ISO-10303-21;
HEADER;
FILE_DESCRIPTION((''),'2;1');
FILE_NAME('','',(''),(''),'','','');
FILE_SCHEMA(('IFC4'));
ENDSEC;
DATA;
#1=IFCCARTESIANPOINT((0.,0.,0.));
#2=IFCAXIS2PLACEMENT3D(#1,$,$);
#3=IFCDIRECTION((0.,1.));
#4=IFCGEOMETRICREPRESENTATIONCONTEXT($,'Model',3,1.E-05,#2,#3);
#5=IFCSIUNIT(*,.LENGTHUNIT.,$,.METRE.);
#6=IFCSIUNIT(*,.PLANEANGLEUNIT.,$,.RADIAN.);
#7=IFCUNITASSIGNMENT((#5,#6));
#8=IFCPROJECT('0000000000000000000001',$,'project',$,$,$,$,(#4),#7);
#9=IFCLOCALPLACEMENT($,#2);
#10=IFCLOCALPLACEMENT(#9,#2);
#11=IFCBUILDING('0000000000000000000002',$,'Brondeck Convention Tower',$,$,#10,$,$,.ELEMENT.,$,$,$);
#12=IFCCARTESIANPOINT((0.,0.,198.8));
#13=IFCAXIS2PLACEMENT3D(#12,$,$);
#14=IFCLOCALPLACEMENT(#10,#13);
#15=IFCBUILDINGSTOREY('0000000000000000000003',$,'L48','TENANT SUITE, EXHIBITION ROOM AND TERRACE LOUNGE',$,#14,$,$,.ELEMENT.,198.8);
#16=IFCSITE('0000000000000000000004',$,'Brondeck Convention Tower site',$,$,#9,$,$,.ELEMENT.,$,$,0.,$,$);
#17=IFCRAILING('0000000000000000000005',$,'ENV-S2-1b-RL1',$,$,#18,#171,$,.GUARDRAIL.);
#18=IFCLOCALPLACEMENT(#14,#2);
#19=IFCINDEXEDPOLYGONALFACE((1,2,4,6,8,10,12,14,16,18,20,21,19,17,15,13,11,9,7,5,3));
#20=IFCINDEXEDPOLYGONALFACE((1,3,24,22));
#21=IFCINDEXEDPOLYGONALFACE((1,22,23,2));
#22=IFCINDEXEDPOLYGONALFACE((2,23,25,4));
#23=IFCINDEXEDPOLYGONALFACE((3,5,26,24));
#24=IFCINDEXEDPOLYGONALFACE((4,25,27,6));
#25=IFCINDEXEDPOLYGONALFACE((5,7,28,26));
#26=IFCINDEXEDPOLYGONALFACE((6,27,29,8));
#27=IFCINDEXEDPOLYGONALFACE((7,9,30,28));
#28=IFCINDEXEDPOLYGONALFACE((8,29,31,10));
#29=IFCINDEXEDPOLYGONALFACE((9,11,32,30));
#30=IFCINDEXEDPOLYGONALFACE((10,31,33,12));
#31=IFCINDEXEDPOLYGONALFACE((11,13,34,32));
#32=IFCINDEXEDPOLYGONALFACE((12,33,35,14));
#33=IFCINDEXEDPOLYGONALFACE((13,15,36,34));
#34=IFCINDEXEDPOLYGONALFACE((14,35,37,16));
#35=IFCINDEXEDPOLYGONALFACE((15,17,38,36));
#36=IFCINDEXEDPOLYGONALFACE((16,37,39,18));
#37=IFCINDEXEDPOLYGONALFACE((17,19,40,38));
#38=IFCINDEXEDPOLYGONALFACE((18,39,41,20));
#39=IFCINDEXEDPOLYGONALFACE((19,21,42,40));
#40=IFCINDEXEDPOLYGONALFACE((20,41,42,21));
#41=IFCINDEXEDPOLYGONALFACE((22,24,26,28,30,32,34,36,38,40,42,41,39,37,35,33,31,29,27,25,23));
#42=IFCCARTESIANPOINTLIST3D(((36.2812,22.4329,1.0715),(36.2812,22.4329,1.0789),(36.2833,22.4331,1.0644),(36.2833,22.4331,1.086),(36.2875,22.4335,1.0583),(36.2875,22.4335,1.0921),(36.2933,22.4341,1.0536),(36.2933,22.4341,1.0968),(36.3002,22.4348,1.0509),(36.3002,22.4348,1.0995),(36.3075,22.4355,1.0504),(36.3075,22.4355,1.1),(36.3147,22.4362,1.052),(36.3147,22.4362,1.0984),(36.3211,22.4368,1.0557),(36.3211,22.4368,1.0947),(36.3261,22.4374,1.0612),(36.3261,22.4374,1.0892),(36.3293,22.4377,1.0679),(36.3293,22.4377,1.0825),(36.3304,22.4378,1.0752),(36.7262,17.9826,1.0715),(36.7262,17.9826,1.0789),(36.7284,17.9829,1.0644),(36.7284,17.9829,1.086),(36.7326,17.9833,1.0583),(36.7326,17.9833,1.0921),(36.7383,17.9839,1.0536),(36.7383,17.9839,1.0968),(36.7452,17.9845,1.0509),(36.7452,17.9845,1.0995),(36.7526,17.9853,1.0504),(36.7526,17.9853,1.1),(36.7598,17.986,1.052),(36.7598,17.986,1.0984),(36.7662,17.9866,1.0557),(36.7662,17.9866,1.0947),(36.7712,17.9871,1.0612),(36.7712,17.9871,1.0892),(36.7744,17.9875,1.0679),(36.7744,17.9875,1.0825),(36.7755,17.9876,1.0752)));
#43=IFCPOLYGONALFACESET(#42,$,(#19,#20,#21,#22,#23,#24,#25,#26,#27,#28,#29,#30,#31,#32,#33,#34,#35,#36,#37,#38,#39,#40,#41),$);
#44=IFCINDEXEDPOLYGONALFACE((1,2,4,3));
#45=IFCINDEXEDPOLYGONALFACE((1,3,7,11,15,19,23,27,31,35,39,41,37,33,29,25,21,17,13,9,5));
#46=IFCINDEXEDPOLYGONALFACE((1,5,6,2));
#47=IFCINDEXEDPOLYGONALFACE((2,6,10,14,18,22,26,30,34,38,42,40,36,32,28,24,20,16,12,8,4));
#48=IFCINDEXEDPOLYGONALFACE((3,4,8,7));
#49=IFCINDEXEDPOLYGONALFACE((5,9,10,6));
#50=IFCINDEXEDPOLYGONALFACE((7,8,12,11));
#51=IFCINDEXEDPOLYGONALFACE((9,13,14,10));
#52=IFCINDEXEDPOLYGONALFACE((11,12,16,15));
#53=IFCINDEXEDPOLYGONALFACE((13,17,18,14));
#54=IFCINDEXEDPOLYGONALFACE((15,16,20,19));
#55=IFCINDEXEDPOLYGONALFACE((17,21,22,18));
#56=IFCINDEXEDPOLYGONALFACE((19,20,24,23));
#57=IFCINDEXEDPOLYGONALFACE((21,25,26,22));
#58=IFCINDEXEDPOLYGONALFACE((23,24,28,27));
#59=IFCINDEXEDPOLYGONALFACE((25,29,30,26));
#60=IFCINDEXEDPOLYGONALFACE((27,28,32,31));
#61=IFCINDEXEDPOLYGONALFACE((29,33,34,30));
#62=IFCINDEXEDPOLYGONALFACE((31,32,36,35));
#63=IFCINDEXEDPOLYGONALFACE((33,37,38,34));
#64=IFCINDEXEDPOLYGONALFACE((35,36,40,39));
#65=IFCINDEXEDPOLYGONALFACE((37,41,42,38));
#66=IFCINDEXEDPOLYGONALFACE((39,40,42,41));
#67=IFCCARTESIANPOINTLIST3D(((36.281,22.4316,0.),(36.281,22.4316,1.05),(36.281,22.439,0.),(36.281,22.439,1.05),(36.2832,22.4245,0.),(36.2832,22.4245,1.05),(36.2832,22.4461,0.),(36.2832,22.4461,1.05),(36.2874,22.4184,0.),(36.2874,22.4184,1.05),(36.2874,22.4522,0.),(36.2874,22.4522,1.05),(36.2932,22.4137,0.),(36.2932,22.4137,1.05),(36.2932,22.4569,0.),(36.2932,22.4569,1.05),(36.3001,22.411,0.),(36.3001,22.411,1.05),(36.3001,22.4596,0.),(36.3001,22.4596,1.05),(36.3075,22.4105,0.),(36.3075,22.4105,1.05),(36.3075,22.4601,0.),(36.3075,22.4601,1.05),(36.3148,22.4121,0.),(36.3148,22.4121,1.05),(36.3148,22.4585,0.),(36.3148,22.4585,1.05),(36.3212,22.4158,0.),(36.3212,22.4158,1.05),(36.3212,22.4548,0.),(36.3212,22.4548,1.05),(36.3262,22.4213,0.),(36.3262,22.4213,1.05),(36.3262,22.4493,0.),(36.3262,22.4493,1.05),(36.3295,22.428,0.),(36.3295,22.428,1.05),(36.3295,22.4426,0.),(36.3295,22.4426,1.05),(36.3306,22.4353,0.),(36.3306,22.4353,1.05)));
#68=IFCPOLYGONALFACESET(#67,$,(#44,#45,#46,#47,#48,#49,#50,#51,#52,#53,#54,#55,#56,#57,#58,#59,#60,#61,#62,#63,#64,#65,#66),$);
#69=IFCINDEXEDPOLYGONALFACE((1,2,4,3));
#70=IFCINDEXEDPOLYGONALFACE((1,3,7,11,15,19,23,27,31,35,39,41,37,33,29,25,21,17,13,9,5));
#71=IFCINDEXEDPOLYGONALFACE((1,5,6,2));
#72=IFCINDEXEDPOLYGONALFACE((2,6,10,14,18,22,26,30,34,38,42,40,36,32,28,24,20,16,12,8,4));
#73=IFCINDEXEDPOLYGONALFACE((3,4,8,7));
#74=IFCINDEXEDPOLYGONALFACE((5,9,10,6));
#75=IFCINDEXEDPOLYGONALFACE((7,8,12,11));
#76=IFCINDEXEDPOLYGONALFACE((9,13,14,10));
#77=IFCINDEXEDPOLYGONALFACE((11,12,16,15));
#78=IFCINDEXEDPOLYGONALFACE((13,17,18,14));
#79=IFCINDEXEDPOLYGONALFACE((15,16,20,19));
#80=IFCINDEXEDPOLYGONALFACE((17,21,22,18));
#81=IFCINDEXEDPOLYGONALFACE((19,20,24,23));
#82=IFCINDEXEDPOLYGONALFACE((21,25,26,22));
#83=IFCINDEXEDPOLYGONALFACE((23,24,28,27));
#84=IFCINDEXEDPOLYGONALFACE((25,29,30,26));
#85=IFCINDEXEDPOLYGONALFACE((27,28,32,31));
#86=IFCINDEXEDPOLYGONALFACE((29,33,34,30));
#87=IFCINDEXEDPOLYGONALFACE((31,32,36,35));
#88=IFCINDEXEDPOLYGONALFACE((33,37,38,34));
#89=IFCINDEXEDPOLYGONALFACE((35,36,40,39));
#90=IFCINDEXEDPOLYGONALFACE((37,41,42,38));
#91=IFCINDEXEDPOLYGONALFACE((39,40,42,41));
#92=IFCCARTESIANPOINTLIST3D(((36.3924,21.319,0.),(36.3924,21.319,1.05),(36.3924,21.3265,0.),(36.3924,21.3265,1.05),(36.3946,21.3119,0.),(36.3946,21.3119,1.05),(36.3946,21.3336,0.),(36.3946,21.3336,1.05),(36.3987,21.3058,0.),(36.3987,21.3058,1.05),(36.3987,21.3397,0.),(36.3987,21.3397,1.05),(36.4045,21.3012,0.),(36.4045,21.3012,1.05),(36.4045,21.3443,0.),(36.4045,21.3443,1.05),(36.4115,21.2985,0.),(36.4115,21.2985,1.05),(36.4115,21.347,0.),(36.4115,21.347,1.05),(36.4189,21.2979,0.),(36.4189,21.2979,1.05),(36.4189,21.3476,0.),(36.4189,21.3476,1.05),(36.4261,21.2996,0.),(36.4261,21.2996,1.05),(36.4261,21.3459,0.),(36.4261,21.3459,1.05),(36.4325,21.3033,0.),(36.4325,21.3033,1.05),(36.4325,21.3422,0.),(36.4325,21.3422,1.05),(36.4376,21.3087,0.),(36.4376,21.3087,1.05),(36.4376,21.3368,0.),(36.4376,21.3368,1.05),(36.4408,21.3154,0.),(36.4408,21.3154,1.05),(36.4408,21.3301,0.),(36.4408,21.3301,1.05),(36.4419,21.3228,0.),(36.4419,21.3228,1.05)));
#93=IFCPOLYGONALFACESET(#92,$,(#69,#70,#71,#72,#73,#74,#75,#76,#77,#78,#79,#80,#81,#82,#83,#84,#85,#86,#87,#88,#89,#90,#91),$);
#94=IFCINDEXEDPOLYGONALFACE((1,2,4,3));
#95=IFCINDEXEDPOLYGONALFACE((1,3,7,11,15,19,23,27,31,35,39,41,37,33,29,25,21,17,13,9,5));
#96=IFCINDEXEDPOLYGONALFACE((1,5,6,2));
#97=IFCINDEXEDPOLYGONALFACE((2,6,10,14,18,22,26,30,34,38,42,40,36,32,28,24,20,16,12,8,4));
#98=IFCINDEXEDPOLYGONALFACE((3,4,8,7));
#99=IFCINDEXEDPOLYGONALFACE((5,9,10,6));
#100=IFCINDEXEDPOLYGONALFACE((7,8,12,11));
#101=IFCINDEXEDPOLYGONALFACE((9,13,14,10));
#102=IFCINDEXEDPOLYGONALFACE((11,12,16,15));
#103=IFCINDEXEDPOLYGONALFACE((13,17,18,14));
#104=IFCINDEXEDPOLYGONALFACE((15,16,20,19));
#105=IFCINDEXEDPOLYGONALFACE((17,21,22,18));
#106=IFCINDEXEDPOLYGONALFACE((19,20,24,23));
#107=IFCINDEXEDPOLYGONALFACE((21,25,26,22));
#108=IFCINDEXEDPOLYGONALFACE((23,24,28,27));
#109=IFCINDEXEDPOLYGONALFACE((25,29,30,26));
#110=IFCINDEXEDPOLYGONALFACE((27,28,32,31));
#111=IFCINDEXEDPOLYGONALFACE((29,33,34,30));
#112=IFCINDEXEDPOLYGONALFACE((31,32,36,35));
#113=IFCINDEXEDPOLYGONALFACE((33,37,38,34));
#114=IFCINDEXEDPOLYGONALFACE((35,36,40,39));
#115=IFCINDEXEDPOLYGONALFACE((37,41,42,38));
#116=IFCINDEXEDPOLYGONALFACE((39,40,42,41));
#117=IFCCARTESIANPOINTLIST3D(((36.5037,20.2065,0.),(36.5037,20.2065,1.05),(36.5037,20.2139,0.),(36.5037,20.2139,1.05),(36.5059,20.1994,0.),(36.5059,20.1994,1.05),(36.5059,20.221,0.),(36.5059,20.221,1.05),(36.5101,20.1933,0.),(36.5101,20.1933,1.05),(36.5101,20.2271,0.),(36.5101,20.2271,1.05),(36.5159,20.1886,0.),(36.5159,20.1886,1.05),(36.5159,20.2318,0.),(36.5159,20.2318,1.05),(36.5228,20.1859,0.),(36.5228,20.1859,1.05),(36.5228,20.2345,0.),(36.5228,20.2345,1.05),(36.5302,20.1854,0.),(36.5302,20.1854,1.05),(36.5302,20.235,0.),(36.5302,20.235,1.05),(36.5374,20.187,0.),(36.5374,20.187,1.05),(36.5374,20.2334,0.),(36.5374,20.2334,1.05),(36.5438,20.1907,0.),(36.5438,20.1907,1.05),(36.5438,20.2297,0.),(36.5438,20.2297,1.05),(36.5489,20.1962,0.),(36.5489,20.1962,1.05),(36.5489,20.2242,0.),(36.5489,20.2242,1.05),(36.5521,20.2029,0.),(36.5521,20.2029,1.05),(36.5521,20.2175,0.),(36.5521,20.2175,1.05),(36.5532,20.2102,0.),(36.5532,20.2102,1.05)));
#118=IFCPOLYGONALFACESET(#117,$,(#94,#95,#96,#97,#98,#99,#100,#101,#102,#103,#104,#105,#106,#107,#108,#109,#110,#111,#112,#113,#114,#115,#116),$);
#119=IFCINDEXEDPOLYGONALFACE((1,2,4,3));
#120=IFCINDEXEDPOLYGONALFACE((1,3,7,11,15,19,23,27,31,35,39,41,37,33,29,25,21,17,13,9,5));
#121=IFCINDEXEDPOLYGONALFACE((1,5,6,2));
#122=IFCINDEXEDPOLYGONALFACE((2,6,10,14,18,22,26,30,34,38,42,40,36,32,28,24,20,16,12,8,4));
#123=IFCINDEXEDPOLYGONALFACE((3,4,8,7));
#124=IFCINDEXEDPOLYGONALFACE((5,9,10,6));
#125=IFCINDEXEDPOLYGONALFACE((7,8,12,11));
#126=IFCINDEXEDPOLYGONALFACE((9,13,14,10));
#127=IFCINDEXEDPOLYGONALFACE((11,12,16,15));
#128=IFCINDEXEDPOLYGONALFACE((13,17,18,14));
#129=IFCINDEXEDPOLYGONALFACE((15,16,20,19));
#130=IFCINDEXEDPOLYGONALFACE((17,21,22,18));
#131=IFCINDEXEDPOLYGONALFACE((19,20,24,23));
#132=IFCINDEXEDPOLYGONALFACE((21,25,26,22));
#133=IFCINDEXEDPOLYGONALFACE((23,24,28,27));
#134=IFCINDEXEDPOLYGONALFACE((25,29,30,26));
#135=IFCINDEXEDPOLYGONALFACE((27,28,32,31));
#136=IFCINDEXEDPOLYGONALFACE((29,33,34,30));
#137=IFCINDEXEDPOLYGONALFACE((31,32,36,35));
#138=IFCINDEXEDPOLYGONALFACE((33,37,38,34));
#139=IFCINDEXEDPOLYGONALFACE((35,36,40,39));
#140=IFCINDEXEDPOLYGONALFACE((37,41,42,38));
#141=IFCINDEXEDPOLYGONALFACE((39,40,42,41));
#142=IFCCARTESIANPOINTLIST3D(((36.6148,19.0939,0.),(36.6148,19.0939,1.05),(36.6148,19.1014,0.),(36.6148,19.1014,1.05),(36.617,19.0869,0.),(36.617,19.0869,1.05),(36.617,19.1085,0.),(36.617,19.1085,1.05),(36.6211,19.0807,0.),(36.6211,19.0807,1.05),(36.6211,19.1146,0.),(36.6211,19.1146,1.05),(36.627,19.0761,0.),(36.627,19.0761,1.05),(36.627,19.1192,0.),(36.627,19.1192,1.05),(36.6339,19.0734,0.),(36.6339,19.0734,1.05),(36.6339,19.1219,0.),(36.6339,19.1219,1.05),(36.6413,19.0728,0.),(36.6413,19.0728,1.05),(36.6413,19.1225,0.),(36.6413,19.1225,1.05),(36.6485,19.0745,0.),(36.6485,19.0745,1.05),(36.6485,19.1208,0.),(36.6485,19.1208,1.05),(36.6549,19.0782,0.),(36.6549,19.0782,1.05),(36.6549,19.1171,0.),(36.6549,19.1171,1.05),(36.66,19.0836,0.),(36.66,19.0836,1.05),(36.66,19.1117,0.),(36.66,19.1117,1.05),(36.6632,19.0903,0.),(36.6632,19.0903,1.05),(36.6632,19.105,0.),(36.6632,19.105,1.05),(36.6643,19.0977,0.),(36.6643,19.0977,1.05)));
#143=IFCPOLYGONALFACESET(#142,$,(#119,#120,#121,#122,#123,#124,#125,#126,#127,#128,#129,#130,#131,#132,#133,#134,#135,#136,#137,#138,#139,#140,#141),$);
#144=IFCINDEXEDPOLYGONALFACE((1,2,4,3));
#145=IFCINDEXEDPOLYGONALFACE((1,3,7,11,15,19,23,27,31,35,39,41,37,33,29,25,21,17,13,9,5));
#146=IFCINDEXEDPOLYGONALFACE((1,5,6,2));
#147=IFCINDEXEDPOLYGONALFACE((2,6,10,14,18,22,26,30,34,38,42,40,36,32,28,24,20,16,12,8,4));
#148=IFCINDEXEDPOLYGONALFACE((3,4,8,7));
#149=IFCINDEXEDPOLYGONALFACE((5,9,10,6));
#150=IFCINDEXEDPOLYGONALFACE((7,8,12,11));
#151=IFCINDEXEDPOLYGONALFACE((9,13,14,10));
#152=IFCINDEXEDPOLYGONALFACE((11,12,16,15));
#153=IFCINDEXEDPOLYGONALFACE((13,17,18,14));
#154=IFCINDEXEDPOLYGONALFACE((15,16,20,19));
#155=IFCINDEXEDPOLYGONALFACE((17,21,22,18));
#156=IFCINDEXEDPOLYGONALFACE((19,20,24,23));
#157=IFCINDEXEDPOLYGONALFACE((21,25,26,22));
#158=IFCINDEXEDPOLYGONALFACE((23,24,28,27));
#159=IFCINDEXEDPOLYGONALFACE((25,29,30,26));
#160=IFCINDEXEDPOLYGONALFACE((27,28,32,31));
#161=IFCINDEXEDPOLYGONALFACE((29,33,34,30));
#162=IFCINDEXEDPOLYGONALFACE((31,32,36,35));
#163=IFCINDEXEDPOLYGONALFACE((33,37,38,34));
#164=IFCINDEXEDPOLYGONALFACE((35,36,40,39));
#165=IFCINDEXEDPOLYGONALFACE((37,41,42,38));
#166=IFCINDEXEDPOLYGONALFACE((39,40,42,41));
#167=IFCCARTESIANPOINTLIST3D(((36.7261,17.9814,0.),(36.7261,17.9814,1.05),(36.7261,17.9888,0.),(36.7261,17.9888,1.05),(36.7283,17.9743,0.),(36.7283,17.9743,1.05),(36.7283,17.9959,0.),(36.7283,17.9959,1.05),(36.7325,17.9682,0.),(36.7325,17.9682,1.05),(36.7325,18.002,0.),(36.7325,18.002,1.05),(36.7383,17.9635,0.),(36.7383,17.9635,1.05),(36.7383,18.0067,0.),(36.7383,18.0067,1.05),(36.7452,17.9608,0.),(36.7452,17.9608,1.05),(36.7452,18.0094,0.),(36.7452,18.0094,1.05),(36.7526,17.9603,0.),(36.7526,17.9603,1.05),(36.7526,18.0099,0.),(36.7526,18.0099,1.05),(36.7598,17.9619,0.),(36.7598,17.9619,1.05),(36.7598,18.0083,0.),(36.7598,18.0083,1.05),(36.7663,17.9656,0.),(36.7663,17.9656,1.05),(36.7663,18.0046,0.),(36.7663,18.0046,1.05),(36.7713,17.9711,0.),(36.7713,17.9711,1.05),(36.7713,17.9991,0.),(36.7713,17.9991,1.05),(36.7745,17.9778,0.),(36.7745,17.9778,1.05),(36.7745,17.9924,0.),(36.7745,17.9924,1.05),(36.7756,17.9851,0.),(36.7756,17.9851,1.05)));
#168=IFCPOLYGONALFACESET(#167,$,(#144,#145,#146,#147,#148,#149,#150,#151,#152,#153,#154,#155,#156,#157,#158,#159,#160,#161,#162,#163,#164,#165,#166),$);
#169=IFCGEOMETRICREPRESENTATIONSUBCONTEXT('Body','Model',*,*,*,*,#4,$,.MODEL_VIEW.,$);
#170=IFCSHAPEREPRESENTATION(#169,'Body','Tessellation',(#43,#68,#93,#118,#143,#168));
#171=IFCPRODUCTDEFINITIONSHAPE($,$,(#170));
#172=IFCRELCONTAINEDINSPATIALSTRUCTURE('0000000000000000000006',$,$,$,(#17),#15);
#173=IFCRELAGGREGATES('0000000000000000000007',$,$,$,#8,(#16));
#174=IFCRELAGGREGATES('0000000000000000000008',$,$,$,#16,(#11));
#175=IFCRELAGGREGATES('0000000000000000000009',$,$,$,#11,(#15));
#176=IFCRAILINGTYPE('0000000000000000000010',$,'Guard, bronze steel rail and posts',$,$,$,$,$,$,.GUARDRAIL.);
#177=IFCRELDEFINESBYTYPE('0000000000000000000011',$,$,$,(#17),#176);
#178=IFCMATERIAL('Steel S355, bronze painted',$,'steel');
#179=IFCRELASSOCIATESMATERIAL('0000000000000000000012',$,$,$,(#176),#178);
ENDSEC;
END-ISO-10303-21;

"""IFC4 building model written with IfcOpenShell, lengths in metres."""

from ifc_helpers import new_model, si_unit, direction, frame, origin, origin_2d, place, context, subcontext, project, spatial, circle, extrude, material, type_object, element, save


model = new_model("IFC4")

# Units and contexts
model_context = context("Model", 3, precision=1e-05, world=origin(), true_north=direction((0.0, 1.0)))
body_context = subcontext(model_context, "Body", "Model", "MODEL_VIEW")
ifc_project = project(units=[si_unit("LENGTHUNIT", "METRE"), si_unit("PLANEANGLEUNIT", "RADIAN")], contexts=[model_context])

# Site, building, storey
site_placement = place(None, origin())
site = spatial("IfcSite", under=ifc_project, at=site_placement, Name="Brondeck Convention Tower site", CompositionType="ELEMENT", RefElevation=0.0)
building_placement = place(site_placement, origin())
building = spatial("IfcBuilding", under=site, at=building_placement, Name="Brondeck Convention Tower", CompositionType="ELEMENT")
storey_placement = place(building_placement, frame((0.0, 0.0, 198.8)))
storey = spatial("IfcBuildingStorey", under=building, at=storey_placement, Name="L48", Description="TENANT SUITE, EXHIBITION ROOM AND TERRACE LOUNGE", CompositionType="ELEMENT", Elevation=198.8)

# Railing
ifc_material_1 = material(Name="Steel S355, bronze painted", Category="steel")
railing_type = type_object("IfcRailingType", Name="Guard, bronze steel rail and posts", PredefinedType="GUARDRAIL", material=ifc_material_1)
railing_placement = place(storey_placement, frame((36.3057, 22.4353, 0.0)))
element("IfcRailing", 1, at=railing_placement, inside=storey, type_object=railing_type, Name="ENV-S2-1b-RL1", PredefinedType="GUARDRAIL", context=body_context, shape_type="SweptSolid", body=[
    extrude(circle(Radius=0.0249, at=origin_2d()), frame((0.0, 0.0, 1.0752), z_axis=(0.099515, -0.995036, 0.0), x_axis=(0.995036, 0.099515, 0.0)), (0.0, 0.0, 1.0), 4.4724),
    extrude(circle(Radius=0.0249, at=origin_2d()), origin(), (0.0, 0.0, 1.0), 1.05),
    extrude(circle(Radius=0.0249, at=origin_2d()), frame((0.1113, -1.1125, 0.0)), (0.0, 0.0, 1.0), 1.05),
    extrude(circle(Radius=0.0249, at=origin_2d()), frame((0.2227, -2.2251, 0.0)), (0.0, 0.0, 1.0), 1.05),
    extrude(circle(Radius=0.0249, at=origin_2d()), frame((0.3337, -3.3376, 0.0)), (0.0, 0.0, 1.0), 1.05),
    extrude(circle(Radius=0.0249, at=origin_2d()), frame((0.4451, -4.4502, 0.0)), (0.0, 0.0, 1.0), 1.05),
])

save(model, "model.ifc")
